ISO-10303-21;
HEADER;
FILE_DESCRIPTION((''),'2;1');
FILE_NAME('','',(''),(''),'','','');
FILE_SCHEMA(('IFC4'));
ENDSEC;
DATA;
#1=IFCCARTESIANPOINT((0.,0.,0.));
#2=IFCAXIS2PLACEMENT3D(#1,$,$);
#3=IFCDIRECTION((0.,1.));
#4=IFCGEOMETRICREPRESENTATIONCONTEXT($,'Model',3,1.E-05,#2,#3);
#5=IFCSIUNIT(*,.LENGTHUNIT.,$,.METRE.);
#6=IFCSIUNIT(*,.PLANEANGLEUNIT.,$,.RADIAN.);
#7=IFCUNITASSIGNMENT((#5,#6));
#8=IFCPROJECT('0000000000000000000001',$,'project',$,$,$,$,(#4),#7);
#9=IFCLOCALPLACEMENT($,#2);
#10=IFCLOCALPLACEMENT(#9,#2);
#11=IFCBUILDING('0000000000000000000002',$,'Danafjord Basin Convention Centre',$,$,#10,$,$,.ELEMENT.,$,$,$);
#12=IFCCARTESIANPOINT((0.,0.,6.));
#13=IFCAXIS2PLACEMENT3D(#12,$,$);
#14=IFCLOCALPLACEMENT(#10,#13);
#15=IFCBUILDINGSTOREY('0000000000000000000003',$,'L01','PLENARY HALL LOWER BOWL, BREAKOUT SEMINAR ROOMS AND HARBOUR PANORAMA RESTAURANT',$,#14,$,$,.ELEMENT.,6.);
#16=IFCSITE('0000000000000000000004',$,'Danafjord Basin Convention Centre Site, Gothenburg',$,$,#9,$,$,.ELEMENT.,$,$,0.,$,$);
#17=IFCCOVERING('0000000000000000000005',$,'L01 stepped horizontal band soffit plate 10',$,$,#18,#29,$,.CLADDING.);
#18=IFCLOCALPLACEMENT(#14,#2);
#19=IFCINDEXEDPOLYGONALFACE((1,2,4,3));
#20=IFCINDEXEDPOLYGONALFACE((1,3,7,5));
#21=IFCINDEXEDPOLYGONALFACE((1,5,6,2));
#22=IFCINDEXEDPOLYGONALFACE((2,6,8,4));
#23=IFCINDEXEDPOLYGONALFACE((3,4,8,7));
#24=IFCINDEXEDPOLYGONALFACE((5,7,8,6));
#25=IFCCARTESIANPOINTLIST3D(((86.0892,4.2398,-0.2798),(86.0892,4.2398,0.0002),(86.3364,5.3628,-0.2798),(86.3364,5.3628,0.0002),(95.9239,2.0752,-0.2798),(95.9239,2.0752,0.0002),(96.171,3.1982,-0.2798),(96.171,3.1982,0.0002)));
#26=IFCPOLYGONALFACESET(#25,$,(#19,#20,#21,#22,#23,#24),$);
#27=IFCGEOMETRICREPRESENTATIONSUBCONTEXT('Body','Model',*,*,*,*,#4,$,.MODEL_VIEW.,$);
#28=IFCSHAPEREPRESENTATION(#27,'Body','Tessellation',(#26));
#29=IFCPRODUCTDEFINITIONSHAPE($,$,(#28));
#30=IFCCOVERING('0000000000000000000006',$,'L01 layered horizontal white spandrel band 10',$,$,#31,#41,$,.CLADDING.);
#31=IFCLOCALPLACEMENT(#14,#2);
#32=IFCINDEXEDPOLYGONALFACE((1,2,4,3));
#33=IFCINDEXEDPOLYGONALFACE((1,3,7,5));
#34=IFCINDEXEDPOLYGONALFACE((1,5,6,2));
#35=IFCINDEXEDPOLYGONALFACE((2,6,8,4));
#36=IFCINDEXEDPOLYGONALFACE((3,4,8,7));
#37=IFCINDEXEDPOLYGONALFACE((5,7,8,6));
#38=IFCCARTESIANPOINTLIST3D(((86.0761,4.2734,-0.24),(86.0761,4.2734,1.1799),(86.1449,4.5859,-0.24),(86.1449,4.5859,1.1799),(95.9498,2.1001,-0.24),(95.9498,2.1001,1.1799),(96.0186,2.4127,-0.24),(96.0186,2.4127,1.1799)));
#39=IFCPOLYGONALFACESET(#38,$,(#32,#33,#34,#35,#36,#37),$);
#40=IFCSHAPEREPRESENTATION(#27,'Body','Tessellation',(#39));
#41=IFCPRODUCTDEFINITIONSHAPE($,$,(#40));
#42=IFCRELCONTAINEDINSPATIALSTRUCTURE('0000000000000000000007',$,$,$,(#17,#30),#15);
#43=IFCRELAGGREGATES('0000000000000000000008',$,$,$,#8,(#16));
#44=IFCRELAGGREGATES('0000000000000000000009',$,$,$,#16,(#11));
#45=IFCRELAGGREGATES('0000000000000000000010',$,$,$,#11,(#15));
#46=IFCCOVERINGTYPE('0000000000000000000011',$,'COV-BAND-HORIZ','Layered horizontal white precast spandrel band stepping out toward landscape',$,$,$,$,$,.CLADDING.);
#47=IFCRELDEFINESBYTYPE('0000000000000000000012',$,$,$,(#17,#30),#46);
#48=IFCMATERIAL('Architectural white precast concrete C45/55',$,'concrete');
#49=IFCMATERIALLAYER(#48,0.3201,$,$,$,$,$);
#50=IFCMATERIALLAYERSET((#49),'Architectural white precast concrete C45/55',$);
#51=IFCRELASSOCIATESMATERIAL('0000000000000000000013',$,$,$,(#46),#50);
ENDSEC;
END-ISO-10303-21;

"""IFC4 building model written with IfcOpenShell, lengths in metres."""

from ifc_helpers import new_model, si_unit, direction, frame, origin, origin_2d, place, context, subcontext, project, spatial, rectangle, extrude, material, layer, layer_set, type_object, element, save


model = new_model("IFC4")

# Units and contexts
model_context = context("Model", 3, precision=1e-05, world=origin(), true_north=direction((0.0, 1.0)))
body_context = subcontext(model_context, "Body", "Model", "MODEL_VIEW")
ifc_project = project(units=[si_unit("LENGTHUNIT", "METRE"), si_unit("PLANEANGLEUNIT", "RADIAN")], contexts=[model_context])

# Site, building, storey
site_placement = place(None, origin())
site = spatial("IfcSite", under=ifc_project, at=site_placement, Name="Danafjord Basin Convention Centre Site, Gothenburg", CompositionType="ELEMENT", RefElevation=0.0)
building_placement = place(site_placement, origin())
building = spatial("IfcBuilding", under=site, at=building_placement, Name="Danafjord Basin Convention Centre", CompositionType="ELEMENT")
storey_placement = place(building_placement, frame((0.0, 0.0, 6.0)))
storey = spatial("IfcBuildingStorey", under=building, at=storey_placement, Name="L01", Description="PLENARY HALL LOWER BOWL, BREAKOUT SEMINAR ROOMS AND HARBOUR PANORAMA RESTAURANT", CompositionType="ELEMENT", Elevation=6.0)

# Coverings
ifc_material_1 = material(Name="Architectural white precast concrete C45/55", Category="concrete")
ifc_layer_1 = layer(ifc_material_1, 0.3201)
ifc_layer_set_1 = layer_set([ifc_layer_1], Name="Architectural white precast concrete C45/55")
covering_type = type_object("IfcCoveringType", Name="COV-BAND-HORIZ", Description="Layered horizontal white precast spandrel band stepping out toward landscape", PredefinedType="CLADDING", material=ifc_layer_set_1)
covering_1_placement = place(storey_placement, frame((91.1301, 3.719, -0.2798), z_axis=(0.0, 0.0, 1.0), x_axis=(0.976623, -0.214959, 0.0)))
element("IfcCovering", 1, at=covering_1_placement, inside=storey, type_object=covering_type, Name="L01 stepped horizontal band soffit plate 10", PredefinedType="CLADDING", context=body_context, shape_type="SweptSolid", body=[
    extrude(rectangle(XDim=10.0701, YDim=1.1499, at=origin_2d()), origin(), (0.0, 0.0, 1.0), 0.28),
])
covering_2_placement = place(storey_placement, frame((91.0474, 3.343, -0.24), z_axis=(0.0, 0.0, 1.0), x_axis=(0.976623, -0.214959, 0.0)))
element("IfcCovering", 2, at=covering_2_placement, inside=storey, type_object=covering_type, Name="L01 layered horizontal white spandrel band 10", PredefinedType="CLADDING", context=body_context, shape_type="SweptSolid", body=[
    extrude(rectangle(XDim=10.1101, YDim=0.3201, at=origin_2d()), origin(), (0.0, 0.0, 1.0), 1.4199),
])

save(model, "model.ifc")
